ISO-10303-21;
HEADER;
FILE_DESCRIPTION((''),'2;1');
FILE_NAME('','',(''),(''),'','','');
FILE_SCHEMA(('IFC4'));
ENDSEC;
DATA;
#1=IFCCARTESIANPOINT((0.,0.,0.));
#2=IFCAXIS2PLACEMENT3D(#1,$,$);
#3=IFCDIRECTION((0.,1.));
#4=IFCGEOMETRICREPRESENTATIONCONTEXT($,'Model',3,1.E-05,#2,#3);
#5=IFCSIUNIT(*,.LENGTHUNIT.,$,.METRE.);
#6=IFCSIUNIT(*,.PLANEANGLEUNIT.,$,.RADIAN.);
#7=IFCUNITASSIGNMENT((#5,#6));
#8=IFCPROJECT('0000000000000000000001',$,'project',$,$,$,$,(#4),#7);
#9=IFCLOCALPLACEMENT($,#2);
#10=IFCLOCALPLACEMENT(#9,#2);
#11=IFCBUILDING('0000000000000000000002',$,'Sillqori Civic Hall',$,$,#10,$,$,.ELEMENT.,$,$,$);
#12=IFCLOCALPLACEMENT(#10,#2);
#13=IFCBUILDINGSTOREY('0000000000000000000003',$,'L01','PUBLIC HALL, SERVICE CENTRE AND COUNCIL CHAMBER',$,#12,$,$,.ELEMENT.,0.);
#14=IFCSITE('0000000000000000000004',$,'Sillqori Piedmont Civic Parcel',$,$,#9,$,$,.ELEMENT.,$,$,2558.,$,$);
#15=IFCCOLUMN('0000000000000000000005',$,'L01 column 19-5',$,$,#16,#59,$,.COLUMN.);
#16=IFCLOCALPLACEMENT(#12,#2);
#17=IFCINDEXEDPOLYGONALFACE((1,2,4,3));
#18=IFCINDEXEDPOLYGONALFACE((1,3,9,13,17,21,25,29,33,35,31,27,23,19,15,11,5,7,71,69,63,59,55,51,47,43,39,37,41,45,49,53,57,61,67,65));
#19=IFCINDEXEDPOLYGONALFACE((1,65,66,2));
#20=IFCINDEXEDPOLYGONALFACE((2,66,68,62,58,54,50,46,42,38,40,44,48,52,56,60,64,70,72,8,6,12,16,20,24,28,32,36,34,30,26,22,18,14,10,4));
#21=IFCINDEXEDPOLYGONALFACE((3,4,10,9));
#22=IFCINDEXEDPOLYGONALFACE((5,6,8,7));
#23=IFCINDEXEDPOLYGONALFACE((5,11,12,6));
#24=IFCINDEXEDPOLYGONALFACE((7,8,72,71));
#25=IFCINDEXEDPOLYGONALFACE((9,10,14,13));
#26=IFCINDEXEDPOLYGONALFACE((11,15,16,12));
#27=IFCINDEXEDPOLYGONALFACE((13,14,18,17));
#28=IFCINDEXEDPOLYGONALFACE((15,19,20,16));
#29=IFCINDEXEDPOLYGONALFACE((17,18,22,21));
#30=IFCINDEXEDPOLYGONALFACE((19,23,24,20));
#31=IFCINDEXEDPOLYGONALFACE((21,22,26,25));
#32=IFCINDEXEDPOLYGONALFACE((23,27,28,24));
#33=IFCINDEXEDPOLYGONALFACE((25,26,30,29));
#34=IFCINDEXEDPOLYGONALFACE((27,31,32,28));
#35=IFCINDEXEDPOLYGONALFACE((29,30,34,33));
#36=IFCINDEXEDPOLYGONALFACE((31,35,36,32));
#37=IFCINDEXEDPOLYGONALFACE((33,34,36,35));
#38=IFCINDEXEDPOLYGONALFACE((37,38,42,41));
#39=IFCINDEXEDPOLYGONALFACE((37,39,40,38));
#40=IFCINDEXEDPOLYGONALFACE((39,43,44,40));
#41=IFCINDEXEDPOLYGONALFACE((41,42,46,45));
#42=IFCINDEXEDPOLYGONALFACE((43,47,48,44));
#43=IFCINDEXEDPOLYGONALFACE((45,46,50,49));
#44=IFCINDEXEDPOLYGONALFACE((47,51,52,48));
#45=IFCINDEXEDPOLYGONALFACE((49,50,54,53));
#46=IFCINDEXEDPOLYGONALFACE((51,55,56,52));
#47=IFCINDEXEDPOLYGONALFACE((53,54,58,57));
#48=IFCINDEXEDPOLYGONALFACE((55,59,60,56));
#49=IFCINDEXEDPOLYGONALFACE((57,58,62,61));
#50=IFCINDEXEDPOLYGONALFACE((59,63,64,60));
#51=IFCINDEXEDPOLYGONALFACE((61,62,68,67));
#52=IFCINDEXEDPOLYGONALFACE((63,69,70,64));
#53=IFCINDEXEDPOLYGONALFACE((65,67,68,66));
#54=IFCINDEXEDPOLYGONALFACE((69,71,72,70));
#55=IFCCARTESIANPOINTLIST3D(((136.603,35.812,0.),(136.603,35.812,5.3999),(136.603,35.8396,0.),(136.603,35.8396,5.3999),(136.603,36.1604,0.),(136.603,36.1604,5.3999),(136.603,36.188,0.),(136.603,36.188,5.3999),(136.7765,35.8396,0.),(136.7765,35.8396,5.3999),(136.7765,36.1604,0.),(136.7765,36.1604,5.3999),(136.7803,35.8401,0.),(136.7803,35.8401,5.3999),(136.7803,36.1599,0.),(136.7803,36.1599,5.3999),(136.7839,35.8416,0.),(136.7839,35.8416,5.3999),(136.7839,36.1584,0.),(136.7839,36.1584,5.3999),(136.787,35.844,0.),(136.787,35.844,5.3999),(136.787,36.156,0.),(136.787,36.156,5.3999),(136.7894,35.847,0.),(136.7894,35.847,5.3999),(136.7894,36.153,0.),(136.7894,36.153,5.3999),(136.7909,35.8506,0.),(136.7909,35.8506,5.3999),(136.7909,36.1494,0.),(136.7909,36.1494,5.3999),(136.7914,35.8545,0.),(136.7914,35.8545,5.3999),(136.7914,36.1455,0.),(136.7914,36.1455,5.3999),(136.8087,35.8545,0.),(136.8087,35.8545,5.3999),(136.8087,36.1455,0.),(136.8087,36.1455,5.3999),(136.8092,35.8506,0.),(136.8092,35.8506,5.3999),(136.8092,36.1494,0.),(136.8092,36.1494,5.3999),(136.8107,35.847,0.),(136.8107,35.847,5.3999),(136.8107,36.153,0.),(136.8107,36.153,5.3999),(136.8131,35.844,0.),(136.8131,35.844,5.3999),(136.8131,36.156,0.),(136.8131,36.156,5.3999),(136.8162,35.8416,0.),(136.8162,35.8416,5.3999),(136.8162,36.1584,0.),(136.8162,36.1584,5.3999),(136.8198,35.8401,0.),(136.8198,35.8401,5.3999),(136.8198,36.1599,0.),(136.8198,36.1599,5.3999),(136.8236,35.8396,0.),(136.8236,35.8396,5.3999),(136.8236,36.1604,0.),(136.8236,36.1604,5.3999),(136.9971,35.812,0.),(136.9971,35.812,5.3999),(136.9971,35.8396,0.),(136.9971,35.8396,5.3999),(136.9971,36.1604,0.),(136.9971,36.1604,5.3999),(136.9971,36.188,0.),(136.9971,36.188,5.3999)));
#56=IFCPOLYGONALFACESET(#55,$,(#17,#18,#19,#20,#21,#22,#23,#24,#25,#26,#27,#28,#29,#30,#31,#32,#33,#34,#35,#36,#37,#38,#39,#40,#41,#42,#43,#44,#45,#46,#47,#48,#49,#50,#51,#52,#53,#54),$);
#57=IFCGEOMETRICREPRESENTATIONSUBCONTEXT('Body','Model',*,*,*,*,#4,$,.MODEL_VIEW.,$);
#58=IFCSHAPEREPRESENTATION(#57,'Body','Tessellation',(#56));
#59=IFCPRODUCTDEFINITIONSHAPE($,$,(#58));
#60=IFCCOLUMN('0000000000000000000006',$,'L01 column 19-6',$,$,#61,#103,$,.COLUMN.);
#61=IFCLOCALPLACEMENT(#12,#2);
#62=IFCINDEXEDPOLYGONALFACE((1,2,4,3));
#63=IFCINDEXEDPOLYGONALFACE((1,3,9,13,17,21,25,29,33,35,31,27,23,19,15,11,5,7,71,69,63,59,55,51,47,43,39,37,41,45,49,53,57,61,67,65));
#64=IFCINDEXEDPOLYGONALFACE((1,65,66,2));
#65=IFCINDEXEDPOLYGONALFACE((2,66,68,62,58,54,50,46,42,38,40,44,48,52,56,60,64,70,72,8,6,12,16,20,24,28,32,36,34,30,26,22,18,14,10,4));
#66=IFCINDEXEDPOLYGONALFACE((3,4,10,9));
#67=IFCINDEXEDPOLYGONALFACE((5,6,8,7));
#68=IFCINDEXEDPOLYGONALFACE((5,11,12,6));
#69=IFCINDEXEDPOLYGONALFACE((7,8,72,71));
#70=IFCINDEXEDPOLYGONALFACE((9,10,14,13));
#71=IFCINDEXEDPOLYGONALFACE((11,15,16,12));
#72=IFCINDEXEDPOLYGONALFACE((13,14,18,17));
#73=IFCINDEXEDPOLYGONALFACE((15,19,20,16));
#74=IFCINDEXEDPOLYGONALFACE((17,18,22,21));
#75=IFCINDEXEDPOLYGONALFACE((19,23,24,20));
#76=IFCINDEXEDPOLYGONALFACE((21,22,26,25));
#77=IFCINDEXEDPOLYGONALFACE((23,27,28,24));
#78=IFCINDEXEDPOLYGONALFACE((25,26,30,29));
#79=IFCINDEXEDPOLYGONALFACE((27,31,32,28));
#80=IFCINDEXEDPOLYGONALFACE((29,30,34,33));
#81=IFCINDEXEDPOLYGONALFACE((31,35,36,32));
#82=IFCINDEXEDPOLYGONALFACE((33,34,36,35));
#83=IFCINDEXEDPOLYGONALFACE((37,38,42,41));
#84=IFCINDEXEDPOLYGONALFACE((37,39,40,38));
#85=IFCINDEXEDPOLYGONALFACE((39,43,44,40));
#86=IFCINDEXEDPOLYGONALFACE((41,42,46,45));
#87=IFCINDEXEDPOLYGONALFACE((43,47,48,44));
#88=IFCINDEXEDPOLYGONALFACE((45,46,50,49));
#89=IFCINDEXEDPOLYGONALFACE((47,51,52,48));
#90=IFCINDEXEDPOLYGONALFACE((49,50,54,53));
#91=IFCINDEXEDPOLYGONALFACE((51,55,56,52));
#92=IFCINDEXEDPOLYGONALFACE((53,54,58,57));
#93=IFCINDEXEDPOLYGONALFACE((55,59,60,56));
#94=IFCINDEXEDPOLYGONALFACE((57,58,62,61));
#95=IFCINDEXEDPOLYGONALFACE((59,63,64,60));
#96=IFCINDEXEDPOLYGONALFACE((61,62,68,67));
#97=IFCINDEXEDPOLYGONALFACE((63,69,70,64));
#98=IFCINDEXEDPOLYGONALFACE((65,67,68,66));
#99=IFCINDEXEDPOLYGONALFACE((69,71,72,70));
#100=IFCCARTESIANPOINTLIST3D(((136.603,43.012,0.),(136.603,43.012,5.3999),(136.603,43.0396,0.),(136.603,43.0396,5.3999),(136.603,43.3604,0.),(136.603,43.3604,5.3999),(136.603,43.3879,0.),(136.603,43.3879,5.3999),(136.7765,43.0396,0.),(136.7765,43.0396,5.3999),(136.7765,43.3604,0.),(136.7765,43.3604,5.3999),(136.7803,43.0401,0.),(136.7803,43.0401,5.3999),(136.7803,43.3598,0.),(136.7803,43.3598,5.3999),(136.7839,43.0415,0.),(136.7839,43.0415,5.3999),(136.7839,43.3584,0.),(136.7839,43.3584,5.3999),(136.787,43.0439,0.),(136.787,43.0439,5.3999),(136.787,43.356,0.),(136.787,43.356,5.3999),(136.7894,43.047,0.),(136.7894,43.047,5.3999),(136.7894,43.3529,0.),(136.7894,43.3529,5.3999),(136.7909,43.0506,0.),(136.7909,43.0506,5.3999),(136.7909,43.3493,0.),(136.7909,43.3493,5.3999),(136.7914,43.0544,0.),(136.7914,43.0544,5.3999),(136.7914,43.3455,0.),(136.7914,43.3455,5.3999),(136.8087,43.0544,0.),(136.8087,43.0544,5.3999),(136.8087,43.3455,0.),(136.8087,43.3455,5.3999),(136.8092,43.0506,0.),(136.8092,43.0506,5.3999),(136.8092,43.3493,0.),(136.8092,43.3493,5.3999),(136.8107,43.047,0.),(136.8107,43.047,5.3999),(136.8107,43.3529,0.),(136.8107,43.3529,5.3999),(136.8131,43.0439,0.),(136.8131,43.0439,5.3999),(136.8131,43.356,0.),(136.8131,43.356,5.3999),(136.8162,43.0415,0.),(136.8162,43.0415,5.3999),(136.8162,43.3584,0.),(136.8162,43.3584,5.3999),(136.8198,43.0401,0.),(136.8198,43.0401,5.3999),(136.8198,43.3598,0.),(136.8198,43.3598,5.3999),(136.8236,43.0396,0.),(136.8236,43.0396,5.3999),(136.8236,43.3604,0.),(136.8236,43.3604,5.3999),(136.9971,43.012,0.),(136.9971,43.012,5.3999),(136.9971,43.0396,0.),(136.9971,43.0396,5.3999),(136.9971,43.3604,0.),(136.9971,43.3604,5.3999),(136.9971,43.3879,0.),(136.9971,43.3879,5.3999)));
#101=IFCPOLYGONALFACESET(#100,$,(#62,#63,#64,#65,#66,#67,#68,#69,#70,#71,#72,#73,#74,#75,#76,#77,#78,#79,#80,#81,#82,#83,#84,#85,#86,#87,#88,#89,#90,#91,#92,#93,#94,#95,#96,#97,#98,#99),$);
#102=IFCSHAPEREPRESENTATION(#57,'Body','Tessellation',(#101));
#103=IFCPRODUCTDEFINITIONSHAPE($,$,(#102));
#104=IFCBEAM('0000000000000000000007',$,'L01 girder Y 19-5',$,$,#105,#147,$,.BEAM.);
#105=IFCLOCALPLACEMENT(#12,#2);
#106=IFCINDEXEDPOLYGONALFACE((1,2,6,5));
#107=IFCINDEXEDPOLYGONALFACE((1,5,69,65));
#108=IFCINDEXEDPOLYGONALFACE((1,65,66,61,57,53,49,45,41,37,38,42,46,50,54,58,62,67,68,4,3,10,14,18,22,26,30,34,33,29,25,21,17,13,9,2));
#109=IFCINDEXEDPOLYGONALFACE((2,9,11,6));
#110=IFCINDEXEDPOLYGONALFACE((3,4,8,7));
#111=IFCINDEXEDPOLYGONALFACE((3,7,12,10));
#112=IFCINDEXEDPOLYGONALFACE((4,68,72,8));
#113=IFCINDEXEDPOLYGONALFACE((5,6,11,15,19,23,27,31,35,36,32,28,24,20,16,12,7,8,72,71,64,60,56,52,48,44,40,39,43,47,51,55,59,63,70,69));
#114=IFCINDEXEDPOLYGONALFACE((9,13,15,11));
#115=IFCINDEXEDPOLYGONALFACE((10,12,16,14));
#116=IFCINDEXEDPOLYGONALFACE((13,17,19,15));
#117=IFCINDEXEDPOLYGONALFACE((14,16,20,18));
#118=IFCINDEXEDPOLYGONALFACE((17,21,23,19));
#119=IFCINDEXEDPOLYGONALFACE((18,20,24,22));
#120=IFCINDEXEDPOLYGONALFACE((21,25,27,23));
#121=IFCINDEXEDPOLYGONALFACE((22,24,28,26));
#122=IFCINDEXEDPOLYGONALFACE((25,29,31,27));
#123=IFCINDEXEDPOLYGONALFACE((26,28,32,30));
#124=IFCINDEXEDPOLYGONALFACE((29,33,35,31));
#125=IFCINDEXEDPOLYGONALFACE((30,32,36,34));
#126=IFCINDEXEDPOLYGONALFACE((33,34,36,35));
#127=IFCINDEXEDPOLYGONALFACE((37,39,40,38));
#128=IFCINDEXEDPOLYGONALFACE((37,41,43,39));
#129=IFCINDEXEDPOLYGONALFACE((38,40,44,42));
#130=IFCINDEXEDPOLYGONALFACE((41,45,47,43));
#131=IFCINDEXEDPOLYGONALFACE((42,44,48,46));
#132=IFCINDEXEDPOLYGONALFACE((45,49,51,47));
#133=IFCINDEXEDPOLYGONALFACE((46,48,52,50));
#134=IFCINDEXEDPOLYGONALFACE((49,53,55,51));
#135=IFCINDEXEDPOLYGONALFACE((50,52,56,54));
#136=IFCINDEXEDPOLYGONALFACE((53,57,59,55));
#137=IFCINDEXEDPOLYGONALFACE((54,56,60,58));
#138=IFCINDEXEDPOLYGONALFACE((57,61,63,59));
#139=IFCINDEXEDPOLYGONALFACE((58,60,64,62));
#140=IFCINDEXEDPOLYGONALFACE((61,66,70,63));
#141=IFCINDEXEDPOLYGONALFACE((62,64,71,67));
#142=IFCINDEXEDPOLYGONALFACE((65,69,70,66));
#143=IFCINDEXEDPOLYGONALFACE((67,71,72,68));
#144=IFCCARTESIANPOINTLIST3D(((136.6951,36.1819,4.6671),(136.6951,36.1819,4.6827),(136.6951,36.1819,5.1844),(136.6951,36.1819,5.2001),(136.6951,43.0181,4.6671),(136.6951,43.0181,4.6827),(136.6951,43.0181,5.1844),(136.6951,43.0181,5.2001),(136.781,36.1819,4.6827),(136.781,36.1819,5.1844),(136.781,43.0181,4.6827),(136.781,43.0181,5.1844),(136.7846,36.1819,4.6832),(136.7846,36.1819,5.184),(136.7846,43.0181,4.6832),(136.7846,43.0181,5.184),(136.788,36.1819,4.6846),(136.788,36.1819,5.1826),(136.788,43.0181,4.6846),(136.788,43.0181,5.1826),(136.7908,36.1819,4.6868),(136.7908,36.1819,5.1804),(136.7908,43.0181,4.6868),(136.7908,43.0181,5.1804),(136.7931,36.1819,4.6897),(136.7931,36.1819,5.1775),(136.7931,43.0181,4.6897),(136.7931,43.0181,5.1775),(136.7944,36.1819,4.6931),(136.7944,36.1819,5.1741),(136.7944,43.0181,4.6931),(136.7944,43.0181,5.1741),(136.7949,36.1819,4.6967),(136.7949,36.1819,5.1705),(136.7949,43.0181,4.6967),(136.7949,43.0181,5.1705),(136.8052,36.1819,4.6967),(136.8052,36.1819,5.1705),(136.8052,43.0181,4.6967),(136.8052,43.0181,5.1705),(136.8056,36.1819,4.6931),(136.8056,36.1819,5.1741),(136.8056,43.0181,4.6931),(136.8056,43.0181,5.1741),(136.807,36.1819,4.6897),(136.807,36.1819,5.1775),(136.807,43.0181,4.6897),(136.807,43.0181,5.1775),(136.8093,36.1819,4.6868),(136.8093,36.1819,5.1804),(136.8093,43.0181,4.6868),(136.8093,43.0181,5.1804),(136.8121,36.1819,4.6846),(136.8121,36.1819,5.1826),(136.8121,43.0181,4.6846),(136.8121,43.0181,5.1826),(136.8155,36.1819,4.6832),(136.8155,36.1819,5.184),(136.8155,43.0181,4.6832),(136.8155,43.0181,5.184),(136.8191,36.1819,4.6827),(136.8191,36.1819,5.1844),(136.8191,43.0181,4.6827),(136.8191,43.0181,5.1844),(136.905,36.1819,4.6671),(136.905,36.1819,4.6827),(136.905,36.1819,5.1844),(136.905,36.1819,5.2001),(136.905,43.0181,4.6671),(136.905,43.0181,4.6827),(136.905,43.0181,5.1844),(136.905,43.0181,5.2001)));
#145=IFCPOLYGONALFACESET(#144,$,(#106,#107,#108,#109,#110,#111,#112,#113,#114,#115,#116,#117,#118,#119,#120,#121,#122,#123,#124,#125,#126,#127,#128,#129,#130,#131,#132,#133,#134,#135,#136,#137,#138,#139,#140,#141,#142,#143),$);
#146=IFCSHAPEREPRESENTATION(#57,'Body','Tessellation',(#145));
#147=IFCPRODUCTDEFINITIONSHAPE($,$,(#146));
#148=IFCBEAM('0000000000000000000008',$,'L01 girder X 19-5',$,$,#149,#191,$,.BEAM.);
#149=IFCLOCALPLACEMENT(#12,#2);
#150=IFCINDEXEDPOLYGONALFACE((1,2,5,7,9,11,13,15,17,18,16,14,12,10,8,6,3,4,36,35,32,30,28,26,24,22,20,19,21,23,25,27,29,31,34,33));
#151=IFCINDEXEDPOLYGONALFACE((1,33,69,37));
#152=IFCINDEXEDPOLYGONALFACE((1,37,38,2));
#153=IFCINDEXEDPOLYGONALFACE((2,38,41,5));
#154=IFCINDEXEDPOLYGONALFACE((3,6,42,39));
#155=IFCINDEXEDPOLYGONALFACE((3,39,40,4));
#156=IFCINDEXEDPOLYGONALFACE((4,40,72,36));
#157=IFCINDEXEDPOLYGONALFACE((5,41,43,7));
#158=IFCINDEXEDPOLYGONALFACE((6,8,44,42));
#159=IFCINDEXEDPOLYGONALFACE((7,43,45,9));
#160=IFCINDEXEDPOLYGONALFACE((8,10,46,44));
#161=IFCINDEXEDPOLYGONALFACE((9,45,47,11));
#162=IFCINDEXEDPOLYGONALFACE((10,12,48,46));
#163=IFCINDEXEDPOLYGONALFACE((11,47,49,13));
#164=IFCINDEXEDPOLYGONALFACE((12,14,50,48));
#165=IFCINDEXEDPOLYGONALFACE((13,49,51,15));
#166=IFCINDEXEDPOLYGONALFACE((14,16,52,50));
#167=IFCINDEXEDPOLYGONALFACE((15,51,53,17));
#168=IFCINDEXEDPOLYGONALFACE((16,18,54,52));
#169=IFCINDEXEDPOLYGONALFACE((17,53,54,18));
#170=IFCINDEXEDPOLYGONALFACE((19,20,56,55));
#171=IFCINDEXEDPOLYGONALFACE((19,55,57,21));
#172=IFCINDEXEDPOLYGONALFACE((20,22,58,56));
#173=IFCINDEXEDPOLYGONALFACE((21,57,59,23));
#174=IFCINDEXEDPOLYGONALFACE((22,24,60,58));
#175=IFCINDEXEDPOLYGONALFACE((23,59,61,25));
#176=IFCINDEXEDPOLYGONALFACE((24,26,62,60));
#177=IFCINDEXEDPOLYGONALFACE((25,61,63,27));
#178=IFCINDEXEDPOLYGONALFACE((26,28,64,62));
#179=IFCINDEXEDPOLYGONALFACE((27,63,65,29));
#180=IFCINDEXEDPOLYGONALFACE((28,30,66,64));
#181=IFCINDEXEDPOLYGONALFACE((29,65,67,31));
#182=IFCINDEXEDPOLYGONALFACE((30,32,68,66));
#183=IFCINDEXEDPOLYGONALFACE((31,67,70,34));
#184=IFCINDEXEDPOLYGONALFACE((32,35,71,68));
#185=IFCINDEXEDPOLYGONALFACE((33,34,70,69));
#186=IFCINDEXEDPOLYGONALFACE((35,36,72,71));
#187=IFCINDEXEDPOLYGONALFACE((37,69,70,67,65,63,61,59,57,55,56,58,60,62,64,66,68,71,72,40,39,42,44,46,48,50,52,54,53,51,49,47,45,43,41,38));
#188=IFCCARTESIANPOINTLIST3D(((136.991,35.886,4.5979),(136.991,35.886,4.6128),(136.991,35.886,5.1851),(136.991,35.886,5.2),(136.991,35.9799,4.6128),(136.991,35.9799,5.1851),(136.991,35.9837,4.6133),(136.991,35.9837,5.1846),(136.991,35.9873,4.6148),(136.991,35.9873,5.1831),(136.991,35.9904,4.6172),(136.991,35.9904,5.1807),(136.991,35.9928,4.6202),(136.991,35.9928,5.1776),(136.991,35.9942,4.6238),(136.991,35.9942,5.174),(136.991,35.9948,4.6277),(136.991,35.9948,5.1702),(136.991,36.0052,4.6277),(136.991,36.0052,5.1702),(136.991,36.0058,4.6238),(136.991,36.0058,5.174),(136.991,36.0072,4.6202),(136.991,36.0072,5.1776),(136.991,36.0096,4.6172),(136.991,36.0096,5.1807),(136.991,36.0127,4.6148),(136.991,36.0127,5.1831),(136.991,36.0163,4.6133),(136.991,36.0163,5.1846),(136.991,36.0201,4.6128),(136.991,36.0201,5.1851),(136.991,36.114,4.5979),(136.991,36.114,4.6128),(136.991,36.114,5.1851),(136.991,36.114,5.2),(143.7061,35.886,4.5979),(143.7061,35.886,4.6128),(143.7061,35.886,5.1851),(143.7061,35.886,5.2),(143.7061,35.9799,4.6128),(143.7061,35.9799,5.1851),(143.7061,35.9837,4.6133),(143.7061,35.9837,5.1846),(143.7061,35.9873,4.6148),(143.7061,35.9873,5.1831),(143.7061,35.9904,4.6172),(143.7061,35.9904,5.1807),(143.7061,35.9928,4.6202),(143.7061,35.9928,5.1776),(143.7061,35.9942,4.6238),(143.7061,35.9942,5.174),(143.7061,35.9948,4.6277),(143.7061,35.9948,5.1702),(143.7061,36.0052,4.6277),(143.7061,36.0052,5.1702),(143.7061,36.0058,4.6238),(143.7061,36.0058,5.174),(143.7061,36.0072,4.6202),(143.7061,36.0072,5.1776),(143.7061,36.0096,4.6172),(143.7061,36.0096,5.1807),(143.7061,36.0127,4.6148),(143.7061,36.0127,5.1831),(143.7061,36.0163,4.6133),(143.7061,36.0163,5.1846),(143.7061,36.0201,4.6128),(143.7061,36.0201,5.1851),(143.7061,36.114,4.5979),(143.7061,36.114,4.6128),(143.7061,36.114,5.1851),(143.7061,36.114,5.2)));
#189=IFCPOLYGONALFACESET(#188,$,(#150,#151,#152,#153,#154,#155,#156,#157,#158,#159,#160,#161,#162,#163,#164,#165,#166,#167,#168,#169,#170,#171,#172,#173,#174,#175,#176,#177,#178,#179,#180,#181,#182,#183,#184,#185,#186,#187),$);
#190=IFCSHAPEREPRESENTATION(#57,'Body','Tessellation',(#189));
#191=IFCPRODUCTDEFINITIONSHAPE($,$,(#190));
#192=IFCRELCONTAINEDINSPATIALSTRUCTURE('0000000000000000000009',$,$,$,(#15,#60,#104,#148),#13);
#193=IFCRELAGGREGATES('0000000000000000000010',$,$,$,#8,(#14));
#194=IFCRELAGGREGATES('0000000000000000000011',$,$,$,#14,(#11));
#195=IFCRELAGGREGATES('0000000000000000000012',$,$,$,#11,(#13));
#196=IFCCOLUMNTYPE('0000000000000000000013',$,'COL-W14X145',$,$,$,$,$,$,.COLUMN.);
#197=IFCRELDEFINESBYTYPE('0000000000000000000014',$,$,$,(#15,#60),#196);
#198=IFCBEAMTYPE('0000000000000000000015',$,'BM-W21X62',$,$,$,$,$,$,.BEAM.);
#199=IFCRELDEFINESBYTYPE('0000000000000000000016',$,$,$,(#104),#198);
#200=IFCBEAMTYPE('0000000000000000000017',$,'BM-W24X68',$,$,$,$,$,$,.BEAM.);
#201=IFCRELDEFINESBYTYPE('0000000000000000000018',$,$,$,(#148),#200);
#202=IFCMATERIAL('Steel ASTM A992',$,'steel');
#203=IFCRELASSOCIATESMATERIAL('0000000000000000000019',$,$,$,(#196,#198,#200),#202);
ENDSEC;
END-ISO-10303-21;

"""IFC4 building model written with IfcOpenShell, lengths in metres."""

from ifc_helpers import new_model, si_unit, direction, frame, origin, origin_2d, place, context, subcontext, project, spatial, i_section, extrude, material, material_profile, profile_set, type_object, element, save


model = new_model("IFC4")

# Units and contexts
model_context = context("Model", 3, precision=1e-05, world=origin(), true_north=direction((0.0, 1.0)))
body_context = subcontext(model_context, "Body", "Model", "MODEL_VIEW")
ifc_project = project(units=[si_unit("LENGTHUNIT", "METRE"), si_unit("PLANEANGLEUNIT", "RADIAN")], contexts=[model_context])

# Site, building, storey
site_placement = place(None, origin())
site = spatial("IfcSite", under=ifc_project, at=site_placement, Name="Sillqori Piedmont Civic Parcel", CompositionType="ELEMENT", RefElevation=2558.0)
building_placement = place(site_placement, origin())
building = spatial("IfcBuilding", under=site, at=building_placement, Name="Sillqori Civic Hall", CompositionType="ELEMENT")
storey_placement = place(building_placement, origin())
storey = spatial("IfcBuildingStorey", under=building, at=storey_placement, Name="L01", Description="PUBLIC HALL, SERVICE CENTRE AND COUNCIL CHAMBER", CompositionType="ELEMENT", Elevation=0.0)

# Columns
ifc_material_1 = material(Name="Steel ASTM A992", Category="steel")
ifc_material_profile_1 = material_profile(ifc_material_1, i_section(OverallWidth=0.394, OverallDepth=0.376, WebThickness=0.0173, FlangeThickness=0.0276, FilletRadius=0.0149, at=origin_2d()), Name="W14X145")
ifc_profile_set_1 = profile_set([ifc_material_profile_1], Name="Steel ASTM A992")
column_type = type_object("IfcColumnType", Name="COL-W14X145", PredefinedType="COLUMN", material=ifc_profile_set_1)
for number, where, z_axis, x_axis, name in (
    (1, (136.8, 36.0, 0.0), (0.0, 0.0, 1.0), (1.0, 0.0, 0.0), "L01 column 19-5"),
    (2, (136.8, 43.2, 0.0), (0.0, 0.0, 1.0), (1.0, 0.0, 0.0), "L01 column 19-6"),
):
    element("IfcColumn", number, at=place(storey_placement, frame(where, z_axis=z_axis, x_axis=x_axis)), inside=storey, type_object=column_type, Name=name, PredefinedType="COLUMN", context=body_context, shape_type="SweptSolid", body=[
        extrude(i_section(OverallWidth=0.394, OverallDepth=0.376, WebThickness=0.0173, FlangeThickness=0.0276, FilletRadius=0.0149, at=origin_2d()), origin(), (0.0, 0.0, 1.0), 5.3999),
    ])

# Beams
ifc_material_profile_2 = material_profile(ifc_material_1, i_section(OverallWidth=0.21, OverallDepth=0.533, WebThickness=0.0103, FlangeThickness=0.0156, FilletRadius=0.0139, at=origin_2d()), Name="W21X62")
ifc_profile_set_2 = profile_set([ifc_material_profile_2], Name="Steel ASTM A992")
beam_type_1 = type_object("IfcBeamType", Name="BM-W21X62", PredefinedType="BEAM", material=ifc_profile_set_2)
beam_1_placement = place(storey_placement, frame((136.8, 36.1819, 4.9336), z_axis=(0.0, 1.0, 0.0), x_axis=(-1.0, 0.0, 0.0)))
element("IfcBeam", 3, at=beam_1_placement, inside=storey, type_object=beam_type_1, Name="L01 girder Y 19-5", PredefinedType="BEAM", context=body_context, shape_type="SweptSolid", body=[
    extrude(i_section(OverallWidth=0.21, OverallDepth=0.533, WebThickness=0.0103, FlangeThickness=0.0156, FilletRadius=0.0139, at=origin_2d()), origin(), (0.0, 0.0, 1.0), 6.8362),
])
ifc_material_profile_3 = material_profile(ifc_material_1, i_section(OverallWidth=0.228, OverallDepth=0.6021, WebThickness=0.0105, FlangeThickness=0.0149, FilletRadius=0.0149, at=origin_2d()), Name="W24X68")
ifc_profile_set_3 = profile_set([ifc_material_profile_3], Name="Steel ASTM A992")
beam_type_2 = type_object("IfcBeamType", Name="BM-W24X68", PredefinedType="BEAM", material=ifc_profile_set_3)
beam_2_placement = place(storey_placement, frame((136.991, 36.0, 4.8989), z_axis=(1.0, 0.0, 0.0), x_axis=(0.0, 1.0, 0.0)))
element("IfcBeam", 4, at=beam_2_placement, inside=storey, type_object=beam_type_2, Name="L01 girder X 19-5", PredefinedType="BEAM", context=body_context, shape_type="SweptSolid", body=[
    extrude(i_section(OverallWidth=0.228, OverallDepth=0.6021, WebThickness=0.0105, FlangeThickness=0.0149, FilletRadius=0.0149, at=origin_2d()), origin(), (0.0, 0.0, 1.0), 6.7151),
])

save(model, "model.ifc")
